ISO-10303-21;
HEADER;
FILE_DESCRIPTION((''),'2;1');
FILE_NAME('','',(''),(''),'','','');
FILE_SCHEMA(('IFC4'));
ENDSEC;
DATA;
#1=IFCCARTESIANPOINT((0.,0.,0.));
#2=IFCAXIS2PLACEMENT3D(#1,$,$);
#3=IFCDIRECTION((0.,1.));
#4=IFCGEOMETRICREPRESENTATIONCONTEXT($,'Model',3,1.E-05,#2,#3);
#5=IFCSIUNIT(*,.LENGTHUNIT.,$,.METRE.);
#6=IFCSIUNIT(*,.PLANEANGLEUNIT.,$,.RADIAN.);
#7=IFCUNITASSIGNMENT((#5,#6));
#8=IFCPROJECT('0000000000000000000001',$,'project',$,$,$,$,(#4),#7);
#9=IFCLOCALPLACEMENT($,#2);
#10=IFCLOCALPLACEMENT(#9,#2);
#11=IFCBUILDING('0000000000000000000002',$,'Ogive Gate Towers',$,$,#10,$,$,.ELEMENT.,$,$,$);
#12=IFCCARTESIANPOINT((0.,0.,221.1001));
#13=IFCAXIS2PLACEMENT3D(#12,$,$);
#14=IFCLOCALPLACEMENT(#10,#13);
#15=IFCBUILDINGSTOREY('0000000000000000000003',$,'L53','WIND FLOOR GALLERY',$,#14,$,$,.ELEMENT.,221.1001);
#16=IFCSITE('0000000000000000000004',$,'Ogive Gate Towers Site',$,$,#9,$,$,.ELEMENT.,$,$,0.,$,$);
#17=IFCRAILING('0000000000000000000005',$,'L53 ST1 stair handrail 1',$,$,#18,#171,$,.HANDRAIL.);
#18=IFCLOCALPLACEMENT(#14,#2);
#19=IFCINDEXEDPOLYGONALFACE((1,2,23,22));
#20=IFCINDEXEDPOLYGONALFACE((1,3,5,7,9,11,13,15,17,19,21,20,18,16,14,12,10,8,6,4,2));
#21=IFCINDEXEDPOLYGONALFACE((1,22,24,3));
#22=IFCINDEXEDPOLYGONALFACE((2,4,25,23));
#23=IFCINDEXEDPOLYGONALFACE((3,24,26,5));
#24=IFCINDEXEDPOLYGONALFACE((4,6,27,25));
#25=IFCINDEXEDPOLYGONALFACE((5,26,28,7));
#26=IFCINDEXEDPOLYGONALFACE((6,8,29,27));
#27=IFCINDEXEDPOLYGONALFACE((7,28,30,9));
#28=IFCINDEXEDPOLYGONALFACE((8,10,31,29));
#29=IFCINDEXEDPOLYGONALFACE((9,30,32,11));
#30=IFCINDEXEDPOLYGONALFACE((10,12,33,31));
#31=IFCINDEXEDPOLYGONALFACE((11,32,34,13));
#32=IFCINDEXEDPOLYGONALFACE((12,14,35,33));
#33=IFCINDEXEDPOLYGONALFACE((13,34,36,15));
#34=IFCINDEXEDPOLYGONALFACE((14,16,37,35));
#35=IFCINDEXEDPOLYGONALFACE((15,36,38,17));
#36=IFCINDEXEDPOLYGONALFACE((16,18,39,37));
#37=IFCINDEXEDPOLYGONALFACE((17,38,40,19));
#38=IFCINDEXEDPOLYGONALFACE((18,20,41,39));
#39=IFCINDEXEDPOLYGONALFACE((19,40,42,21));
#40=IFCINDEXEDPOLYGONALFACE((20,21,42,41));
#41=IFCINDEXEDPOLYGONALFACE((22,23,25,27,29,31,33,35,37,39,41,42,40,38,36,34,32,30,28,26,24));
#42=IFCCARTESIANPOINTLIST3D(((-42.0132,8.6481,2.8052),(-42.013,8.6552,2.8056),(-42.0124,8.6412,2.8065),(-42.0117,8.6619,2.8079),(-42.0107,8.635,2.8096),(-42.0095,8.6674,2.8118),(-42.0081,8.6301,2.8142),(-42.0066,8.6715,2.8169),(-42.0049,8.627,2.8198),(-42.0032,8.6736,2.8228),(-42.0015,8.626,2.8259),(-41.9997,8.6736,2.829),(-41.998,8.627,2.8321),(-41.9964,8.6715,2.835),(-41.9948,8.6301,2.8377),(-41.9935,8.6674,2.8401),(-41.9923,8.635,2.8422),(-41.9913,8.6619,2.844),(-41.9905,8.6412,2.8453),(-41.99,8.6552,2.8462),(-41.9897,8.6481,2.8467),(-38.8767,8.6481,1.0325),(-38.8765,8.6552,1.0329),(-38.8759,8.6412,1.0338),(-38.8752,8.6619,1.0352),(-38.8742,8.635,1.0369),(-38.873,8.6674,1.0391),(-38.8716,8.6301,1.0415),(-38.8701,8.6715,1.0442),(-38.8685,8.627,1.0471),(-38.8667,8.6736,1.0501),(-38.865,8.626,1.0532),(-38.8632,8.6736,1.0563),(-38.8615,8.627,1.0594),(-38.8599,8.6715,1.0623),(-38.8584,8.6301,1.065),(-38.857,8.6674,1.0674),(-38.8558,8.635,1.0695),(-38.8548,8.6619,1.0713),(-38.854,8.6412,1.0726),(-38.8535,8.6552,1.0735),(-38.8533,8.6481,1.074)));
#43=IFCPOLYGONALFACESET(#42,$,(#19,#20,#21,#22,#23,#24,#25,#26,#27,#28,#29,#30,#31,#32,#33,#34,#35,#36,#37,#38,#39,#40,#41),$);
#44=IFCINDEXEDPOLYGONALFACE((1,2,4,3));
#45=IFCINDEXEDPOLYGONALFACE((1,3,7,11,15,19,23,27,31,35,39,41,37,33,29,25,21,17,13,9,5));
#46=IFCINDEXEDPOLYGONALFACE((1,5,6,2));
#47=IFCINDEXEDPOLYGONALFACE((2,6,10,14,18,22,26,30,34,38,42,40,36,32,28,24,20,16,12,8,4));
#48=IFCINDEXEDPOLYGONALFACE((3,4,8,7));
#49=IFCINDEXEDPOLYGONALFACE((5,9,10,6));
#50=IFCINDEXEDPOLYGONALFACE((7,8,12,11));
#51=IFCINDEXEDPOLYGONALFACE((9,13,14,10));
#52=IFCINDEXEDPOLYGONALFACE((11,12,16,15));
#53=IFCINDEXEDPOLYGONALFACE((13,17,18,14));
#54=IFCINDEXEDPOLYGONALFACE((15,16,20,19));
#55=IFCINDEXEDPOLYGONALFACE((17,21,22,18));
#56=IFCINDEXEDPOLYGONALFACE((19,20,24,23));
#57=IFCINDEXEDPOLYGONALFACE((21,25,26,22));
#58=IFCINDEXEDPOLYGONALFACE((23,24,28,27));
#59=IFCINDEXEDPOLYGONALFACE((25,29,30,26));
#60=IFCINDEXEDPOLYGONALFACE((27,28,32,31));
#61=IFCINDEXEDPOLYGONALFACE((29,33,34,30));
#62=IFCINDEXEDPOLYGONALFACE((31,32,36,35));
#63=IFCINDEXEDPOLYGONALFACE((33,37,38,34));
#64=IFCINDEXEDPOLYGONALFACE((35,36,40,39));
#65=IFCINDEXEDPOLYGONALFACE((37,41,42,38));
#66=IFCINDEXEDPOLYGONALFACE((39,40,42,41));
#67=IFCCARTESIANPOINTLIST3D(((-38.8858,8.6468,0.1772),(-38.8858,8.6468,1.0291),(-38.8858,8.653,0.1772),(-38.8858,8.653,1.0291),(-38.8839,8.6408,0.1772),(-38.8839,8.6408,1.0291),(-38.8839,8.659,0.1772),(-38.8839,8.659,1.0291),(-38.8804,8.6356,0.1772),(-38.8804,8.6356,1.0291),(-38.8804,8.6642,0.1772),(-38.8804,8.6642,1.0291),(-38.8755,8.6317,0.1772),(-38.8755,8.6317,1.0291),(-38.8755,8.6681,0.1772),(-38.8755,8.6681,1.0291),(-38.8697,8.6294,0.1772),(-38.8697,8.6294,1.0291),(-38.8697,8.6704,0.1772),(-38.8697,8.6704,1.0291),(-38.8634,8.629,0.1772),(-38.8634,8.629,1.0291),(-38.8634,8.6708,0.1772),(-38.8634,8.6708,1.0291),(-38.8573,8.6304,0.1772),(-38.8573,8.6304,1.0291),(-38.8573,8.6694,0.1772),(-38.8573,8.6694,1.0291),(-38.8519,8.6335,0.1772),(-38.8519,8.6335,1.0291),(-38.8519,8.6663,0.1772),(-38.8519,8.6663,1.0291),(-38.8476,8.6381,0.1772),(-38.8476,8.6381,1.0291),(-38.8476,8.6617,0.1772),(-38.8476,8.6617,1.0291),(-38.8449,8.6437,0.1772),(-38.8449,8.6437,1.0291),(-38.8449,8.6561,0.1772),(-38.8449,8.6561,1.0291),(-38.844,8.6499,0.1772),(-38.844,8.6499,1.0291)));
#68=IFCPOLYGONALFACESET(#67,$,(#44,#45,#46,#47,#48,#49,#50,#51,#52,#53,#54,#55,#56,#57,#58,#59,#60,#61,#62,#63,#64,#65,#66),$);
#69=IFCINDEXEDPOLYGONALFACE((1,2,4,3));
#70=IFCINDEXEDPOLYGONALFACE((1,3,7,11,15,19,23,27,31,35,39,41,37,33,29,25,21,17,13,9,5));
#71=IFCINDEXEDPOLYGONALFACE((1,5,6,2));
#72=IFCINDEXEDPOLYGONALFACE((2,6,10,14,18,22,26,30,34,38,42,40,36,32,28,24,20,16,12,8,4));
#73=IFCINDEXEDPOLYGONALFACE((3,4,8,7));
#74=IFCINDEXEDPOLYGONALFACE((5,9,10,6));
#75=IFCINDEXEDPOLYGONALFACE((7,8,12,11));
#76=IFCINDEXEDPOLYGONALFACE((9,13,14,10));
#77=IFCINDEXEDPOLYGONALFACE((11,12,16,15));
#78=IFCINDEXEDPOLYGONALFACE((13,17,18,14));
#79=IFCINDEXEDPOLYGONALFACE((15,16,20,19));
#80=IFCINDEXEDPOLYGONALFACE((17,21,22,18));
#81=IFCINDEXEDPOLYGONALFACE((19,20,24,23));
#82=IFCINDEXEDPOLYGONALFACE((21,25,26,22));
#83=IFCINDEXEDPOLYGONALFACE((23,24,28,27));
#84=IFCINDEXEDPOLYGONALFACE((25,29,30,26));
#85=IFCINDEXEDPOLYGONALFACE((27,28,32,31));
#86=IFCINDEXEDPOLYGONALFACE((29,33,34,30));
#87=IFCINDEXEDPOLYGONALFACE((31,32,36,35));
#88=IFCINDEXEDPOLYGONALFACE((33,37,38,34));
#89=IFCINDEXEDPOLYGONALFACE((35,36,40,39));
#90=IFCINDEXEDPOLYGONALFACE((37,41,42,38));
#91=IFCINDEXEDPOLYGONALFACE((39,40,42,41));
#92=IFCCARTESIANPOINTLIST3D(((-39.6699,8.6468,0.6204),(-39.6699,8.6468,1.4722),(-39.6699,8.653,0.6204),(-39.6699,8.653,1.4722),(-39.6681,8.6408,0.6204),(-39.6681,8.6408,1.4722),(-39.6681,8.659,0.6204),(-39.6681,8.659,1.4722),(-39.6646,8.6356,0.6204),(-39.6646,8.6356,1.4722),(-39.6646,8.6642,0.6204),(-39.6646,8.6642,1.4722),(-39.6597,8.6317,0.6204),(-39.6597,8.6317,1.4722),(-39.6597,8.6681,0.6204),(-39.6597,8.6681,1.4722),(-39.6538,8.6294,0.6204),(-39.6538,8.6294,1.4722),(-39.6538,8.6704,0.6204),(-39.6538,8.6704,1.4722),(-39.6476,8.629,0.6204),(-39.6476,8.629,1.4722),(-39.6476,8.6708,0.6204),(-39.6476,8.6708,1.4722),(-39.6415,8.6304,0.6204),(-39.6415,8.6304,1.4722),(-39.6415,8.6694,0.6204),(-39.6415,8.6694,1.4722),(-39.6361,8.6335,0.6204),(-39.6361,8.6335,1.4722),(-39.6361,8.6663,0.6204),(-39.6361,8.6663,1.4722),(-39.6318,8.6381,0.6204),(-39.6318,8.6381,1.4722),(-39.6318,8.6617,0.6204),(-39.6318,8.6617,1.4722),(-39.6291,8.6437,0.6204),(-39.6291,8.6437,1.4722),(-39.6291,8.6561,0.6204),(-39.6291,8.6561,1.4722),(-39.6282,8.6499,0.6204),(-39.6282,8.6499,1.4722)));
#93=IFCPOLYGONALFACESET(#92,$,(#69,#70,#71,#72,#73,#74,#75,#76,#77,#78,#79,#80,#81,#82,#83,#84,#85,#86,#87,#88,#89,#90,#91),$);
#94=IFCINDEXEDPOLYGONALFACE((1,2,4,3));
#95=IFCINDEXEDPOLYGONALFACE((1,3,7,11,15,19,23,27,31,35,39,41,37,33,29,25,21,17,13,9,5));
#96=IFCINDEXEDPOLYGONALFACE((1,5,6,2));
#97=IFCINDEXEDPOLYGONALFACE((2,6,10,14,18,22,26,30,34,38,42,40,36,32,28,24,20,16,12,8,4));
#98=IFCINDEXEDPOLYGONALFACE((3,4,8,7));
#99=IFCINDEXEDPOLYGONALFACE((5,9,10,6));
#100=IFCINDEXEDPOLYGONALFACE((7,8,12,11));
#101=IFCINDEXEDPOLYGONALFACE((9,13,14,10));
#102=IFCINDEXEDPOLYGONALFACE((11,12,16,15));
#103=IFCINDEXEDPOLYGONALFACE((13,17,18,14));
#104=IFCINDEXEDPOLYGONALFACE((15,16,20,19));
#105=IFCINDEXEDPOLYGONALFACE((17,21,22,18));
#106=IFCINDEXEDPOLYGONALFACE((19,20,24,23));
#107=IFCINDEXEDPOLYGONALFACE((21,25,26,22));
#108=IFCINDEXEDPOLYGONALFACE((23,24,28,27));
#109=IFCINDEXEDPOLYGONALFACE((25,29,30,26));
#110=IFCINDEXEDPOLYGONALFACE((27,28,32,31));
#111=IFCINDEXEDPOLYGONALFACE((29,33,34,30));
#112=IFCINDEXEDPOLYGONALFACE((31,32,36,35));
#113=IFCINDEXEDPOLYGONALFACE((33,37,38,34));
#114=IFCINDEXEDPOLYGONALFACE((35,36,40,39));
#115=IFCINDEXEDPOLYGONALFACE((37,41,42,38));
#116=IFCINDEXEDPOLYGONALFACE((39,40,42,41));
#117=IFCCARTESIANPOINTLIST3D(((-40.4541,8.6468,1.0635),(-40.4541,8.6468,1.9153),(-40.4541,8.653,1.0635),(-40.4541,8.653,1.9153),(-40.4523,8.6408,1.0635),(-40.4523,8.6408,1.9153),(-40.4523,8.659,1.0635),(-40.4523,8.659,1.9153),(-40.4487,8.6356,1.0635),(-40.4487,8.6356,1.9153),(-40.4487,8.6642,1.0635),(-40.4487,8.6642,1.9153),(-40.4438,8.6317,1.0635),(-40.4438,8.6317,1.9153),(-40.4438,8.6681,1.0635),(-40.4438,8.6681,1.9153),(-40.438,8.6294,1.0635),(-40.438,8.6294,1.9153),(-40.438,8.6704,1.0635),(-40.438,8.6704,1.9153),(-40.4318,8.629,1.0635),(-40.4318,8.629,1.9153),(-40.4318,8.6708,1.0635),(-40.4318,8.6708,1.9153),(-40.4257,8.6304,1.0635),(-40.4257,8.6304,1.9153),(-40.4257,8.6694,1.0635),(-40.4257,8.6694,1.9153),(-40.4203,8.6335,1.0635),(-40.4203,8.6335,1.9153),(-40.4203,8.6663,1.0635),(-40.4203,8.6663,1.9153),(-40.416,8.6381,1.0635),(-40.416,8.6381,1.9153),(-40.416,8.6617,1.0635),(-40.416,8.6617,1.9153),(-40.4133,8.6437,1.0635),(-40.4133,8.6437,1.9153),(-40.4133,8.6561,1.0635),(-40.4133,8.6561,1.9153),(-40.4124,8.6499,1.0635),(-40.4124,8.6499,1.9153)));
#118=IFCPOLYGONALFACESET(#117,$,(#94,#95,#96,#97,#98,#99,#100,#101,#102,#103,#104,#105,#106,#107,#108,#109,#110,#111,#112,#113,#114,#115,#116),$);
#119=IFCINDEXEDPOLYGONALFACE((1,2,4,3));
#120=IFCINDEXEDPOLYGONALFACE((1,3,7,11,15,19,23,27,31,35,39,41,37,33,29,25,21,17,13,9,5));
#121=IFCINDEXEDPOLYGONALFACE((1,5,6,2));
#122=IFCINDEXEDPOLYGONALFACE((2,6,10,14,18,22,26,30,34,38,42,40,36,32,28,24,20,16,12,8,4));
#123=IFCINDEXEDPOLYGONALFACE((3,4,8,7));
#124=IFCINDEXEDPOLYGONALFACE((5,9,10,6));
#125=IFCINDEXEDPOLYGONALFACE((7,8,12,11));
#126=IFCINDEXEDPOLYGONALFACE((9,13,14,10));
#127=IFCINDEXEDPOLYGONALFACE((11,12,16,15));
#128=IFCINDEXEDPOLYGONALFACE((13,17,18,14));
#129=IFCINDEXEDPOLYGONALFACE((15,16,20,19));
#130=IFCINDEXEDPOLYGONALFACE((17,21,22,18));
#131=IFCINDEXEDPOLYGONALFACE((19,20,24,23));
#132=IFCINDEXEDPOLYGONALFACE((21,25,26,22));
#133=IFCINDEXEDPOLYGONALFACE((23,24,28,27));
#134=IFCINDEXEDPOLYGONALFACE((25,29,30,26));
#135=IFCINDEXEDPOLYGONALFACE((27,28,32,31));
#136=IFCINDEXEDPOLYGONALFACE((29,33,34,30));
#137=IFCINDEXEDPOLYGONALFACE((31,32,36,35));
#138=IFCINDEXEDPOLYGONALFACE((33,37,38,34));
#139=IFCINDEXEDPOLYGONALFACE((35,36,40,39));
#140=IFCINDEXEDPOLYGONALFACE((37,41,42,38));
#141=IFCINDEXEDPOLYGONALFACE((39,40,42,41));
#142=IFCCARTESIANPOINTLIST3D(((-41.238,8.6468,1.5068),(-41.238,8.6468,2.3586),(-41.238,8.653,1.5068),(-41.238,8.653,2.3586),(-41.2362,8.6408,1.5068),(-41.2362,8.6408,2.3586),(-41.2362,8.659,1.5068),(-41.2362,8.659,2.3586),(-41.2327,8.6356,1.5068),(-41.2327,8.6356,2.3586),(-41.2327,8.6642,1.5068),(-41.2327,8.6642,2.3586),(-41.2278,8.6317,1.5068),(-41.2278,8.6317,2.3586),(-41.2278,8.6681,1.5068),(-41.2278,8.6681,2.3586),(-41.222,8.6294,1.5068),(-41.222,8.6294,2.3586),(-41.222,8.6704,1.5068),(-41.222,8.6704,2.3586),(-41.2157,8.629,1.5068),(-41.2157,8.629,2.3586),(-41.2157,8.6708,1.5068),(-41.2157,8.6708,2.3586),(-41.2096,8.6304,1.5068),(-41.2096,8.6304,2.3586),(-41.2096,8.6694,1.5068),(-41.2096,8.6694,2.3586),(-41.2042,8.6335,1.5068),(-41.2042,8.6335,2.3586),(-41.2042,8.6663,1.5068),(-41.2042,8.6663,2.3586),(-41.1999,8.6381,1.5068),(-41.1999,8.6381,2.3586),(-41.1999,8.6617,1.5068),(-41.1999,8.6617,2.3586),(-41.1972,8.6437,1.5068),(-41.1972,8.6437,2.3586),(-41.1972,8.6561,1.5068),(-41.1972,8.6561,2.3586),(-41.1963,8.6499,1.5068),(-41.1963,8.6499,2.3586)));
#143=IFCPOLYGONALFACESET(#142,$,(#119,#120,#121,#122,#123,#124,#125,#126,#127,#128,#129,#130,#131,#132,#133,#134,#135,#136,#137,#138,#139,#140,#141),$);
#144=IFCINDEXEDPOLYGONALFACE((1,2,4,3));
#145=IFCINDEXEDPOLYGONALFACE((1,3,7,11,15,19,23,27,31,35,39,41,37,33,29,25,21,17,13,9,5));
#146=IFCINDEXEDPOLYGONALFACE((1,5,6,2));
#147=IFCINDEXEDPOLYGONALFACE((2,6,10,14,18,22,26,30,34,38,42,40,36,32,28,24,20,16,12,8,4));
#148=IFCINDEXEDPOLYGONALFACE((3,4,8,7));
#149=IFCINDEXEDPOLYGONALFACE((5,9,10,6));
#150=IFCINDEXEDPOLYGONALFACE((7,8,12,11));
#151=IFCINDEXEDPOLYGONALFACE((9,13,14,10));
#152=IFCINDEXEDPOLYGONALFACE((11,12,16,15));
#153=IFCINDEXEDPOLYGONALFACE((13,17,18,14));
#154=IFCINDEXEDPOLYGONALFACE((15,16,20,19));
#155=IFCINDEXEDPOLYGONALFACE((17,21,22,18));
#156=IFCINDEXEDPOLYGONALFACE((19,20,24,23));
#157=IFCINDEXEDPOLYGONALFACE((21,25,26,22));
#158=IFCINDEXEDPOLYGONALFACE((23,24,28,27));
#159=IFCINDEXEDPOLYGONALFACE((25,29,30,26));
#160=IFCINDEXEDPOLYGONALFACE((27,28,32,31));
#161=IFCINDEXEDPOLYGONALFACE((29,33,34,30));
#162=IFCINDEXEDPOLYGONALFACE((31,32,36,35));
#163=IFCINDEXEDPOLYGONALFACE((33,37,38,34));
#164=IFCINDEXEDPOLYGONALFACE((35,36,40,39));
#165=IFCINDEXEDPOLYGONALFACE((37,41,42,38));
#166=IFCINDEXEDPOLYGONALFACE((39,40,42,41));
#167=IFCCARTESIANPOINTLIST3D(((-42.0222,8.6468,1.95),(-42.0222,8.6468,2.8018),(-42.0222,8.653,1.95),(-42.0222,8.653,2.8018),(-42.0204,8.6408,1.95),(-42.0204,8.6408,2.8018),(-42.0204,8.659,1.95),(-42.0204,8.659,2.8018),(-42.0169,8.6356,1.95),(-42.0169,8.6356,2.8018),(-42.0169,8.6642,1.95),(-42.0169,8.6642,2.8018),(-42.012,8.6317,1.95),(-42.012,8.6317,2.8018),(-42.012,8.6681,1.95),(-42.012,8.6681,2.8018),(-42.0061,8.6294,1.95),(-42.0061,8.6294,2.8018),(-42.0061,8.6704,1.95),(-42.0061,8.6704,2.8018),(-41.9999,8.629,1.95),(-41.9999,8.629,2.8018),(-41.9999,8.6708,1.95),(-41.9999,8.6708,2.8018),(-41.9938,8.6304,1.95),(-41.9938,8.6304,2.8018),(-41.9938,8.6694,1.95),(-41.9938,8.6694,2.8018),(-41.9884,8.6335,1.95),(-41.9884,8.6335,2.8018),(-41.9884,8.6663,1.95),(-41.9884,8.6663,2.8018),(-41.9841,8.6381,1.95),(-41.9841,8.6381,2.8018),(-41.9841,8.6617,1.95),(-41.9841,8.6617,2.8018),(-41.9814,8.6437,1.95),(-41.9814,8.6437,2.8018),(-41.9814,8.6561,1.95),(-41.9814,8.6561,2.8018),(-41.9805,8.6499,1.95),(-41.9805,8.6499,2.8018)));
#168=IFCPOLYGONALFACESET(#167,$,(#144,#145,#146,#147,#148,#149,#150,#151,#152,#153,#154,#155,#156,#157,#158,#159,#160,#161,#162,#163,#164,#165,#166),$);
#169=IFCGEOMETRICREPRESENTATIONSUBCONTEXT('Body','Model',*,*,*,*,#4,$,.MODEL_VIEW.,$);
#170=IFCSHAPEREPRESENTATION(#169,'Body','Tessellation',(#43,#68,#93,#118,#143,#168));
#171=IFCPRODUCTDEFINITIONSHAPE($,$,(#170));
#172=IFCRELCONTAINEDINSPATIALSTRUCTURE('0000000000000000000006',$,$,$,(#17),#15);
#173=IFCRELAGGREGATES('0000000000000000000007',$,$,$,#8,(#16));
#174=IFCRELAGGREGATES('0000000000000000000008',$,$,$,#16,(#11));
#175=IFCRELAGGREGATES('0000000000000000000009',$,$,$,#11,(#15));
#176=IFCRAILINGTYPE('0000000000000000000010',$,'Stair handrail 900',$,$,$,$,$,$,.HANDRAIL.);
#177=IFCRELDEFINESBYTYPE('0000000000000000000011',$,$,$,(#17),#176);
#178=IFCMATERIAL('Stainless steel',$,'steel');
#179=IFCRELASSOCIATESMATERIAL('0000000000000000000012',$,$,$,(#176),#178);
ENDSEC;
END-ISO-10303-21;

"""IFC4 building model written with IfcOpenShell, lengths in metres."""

from ifc_helpers import new_model, si_unit, direction, frame, origin, origin_2d, place, context, subcontext, project, spatial, circle, extrude, material, type_object, element, save


model = new_model("IFC4")

# Units and contexts
model_context = context("Model", 3, precision=1e-05, world=origin(), true_north=direction((0.0, 1.0)))
body_context = subcontext(model_context, "Body", "Model", "MODEL_VIEW")
ifc_project = project(units=[si_unit("LENGTHUNIT", "METRE"), si_unit("PLANEANGLEUNIT", "RADIAN")], contexts=[model_context])

# Site, building, storey
site_placement = place(None, origin())
site = spatial("IfcSite", under=ifc_project, at=site_placement, Name="Ogive Gate Towers Site", CompositionType="ELEMENT", RefElevation=0.0)
building_placement = place(site_placement, origin())
building = spatial("IfcBuilding", under=site, at=building_placement, Name="Ogive Gate Towers", CompositionType="ELEMENT")
storey_placement = place(building_placement, frame((0.0, 0.0, 221.1001)))
storey = spatial("IfcBuildingStorey", under=building, at=storey_placement, Name="L53", Description="WIND FLOOR GALLERY", CompositionType="ELEMENT", Elevation=221.1001)

# Railing
ifc_material_1 = material(Name="Stainless steel", Category="steel")
railing_type_1 = type_object("IfcRailingType", Name="Stair handrail 900", PredefinedType="HANDRAIL", material=ifc_material_1)
railing_1_placement = place(storey_placement, frame((-38.865, 8.6499, 0.1772)))
element("IfcRailing", 1, at=railing_1_placement, inside=storey, type_object=railing_type_1, Name="L53 ST1 stair handrail 1", PredefinedType="HANDRAIL", context=body_context, shape_type="SweptSolid", body=[
    extrude(circle(Radius=0.0239, at=origin_2d()), frame((0.0, 0.0, 0.876), z_axis=(-0.870573, 0.0, 0.492039), x_axis=(0.0, -1.0, 0.0)), (0.0, 0.0, 1.0), 3.6028),
    extrude(circle(Radius=0.021, at=origin_2d()), origin(), (0.0, 0.0, 1.0), 0.8518),
    extrude(circle(Radius=0.021, at=origin_2d()), frame((-0.7842, 0.0, 0.4431)), (0.0, 0.0, 1.0), 0.8518),
    extrude(circle(Radius=0.021, at=origin_2d()), frame((-1.5684, 0.0, 0.8862)), (0.0, 0.0, 1.0), 0.8518),
    extrude(circle(Radius=0.021, at=origin_2d()), frame((-2.3523, 0.0, 1.3296)), (0.0, 0.0, 1.0), 0.8518),
    extrude(circle(Radius=0.021, at=origin_2d()), frame((-3.1365, 0.0, 1.7727)), (0.0, 0.0, 1.0), 0.8518),
])

save(model, "model.ifc")
